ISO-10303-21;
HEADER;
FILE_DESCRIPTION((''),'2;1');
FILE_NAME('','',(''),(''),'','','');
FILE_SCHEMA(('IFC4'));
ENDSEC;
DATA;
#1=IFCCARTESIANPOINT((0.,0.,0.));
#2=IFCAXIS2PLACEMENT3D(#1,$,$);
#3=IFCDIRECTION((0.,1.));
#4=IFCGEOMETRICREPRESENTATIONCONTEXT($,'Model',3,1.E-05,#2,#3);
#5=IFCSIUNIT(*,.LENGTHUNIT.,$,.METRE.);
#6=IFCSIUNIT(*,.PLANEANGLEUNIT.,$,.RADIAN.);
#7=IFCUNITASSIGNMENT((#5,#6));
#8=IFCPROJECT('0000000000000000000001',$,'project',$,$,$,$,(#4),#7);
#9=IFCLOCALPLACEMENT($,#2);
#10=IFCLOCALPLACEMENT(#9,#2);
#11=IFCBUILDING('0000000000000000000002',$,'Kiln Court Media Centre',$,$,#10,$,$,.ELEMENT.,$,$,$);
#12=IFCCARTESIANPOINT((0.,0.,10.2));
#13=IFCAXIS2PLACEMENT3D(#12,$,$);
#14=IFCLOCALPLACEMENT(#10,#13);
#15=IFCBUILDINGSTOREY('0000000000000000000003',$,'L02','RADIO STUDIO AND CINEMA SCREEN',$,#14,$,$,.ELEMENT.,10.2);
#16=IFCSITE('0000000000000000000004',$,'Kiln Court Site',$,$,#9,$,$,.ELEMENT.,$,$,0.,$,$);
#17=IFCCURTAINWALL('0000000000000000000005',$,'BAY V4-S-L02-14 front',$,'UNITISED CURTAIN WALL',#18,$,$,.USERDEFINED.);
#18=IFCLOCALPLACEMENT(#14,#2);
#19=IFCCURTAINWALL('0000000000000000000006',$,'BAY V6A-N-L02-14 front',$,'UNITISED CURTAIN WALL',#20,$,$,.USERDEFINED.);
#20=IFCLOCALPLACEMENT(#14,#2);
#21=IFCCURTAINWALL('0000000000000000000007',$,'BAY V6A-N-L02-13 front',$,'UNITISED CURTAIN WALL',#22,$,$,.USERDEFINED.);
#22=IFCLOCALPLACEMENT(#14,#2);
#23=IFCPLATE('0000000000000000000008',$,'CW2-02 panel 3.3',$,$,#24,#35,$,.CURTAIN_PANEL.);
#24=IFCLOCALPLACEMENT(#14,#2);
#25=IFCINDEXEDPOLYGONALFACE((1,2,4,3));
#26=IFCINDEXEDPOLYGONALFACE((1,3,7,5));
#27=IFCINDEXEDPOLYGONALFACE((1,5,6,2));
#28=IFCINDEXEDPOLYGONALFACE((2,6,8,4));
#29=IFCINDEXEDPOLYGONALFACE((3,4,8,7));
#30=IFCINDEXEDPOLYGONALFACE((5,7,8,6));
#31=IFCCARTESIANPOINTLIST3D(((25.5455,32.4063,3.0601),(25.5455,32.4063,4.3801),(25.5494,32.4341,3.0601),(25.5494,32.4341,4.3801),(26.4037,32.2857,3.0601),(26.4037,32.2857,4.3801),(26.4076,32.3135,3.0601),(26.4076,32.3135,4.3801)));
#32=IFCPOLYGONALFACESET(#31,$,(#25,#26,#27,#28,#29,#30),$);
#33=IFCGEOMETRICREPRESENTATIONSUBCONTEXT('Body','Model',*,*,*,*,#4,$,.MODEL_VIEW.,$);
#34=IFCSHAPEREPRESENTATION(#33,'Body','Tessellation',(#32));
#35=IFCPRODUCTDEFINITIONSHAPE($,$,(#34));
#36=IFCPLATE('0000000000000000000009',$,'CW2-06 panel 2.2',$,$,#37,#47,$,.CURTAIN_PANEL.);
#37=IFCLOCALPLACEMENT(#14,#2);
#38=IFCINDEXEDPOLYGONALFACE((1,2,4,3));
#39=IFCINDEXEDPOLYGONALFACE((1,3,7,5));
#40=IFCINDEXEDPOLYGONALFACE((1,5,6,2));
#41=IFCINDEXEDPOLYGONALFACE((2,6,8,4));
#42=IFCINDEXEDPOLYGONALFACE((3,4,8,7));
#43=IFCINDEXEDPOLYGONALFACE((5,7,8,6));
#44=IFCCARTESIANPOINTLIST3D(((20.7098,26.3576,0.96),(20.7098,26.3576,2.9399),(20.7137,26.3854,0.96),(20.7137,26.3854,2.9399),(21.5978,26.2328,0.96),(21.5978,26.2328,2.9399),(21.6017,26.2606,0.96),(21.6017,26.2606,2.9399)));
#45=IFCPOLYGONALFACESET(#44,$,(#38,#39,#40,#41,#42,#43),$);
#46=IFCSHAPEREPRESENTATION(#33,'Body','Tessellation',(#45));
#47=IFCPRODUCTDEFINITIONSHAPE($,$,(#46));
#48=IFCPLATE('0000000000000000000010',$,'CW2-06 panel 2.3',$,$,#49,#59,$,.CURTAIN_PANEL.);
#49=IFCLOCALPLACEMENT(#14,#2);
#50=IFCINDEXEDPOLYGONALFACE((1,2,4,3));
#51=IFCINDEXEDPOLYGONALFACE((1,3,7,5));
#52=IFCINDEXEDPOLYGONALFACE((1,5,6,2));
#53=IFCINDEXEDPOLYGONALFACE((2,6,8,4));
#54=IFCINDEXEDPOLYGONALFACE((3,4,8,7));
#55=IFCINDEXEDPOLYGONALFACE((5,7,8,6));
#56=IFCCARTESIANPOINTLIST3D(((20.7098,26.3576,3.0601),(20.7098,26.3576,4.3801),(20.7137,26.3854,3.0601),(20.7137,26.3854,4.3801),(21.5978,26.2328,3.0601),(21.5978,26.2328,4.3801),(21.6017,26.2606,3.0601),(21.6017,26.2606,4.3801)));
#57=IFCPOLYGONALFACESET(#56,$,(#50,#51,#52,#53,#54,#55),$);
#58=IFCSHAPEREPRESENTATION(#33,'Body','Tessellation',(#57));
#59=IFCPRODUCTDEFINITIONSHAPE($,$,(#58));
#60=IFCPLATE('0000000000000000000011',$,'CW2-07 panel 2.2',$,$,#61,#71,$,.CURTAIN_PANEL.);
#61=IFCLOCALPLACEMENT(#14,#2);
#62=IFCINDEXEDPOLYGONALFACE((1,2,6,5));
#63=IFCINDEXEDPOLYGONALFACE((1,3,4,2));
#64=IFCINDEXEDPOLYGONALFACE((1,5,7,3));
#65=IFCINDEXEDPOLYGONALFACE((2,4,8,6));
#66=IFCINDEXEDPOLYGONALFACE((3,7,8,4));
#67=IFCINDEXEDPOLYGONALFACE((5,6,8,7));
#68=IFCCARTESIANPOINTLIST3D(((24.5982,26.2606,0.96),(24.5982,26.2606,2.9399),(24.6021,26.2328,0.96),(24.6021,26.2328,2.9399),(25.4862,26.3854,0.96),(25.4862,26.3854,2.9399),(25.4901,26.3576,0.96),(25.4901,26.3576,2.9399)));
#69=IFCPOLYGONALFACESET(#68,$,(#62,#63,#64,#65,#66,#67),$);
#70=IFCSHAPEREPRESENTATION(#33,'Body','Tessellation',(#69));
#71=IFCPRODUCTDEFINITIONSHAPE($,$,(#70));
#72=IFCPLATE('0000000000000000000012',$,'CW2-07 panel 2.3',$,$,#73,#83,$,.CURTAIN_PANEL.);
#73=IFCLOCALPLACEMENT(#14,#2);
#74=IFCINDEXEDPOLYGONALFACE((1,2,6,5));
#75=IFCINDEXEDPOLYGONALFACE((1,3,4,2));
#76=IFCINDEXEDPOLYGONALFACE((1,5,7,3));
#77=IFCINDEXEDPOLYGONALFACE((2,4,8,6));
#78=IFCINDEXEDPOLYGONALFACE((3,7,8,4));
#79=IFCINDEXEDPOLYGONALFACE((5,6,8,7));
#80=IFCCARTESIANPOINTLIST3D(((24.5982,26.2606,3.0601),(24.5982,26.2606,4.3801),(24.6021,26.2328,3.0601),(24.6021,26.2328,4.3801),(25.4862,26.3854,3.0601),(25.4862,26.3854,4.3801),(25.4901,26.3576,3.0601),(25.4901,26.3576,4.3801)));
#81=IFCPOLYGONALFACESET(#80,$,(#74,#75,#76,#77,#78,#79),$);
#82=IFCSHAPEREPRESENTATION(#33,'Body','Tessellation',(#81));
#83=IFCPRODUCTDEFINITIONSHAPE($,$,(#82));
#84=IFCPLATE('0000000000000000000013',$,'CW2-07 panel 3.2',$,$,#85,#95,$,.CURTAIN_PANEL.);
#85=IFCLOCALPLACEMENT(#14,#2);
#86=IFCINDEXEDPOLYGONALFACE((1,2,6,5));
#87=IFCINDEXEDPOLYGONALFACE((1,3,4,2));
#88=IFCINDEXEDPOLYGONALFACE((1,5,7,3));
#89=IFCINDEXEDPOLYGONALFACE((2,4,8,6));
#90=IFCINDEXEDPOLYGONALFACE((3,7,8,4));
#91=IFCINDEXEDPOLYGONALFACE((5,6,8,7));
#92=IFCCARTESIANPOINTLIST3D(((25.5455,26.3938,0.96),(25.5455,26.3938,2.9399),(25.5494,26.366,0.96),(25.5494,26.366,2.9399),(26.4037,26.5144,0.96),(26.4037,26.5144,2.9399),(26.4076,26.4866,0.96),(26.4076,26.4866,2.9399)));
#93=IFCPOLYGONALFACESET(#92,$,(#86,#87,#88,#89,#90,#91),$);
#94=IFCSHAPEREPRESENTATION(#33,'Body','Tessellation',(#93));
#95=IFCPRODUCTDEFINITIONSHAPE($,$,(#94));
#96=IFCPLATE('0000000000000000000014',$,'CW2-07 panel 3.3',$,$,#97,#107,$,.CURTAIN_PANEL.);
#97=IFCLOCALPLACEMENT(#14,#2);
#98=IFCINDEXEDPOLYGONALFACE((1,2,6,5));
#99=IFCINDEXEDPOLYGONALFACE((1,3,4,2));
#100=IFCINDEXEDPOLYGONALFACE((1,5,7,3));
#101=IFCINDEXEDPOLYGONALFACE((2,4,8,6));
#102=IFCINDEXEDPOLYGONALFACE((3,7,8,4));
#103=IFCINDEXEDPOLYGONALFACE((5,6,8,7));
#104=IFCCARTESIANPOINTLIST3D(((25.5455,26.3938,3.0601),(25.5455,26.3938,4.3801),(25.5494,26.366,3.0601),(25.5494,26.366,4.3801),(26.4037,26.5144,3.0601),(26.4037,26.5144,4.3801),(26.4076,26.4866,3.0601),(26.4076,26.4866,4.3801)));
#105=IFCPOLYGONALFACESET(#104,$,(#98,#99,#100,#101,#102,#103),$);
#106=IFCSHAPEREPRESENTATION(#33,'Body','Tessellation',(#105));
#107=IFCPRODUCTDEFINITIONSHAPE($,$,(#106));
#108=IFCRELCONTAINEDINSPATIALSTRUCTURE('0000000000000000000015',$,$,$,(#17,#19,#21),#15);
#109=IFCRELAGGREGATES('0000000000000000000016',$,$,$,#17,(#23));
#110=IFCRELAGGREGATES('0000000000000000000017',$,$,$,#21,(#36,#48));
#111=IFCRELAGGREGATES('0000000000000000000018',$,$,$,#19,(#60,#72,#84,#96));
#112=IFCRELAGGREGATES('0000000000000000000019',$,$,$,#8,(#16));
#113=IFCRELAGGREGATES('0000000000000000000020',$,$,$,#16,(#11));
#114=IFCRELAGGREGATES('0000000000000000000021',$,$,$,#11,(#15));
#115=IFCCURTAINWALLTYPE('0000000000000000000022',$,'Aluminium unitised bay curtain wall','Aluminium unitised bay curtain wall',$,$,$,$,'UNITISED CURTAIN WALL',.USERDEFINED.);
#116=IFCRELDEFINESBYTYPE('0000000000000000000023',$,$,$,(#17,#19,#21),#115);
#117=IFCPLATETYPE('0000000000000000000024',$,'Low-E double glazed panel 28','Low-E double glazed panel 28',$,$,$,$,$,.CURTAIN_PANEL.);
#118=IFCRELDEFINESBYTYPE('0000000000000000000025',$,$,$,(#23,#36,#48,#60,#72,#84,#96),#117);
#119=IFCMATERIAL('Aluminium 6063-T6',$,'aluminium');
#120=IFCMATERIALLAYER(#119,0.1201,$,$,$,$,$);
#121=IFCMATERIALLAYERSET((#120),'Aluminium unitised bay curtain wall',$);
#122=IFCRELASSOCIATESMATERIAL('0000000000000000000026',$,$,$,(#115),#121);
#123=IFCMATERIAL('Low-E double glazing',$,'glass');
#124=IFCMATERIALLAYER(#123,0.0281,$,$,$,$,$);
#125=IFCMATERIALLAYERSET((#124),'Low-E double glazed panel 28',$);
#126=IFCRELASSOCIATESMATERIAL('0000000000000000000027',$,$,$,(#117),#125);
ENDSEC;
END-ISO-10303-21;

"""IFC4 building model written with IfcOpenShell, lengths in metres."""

from ifc_helpers import new_model, si_unit, direction, frame, origin, origin_2d, place, context, subcontext, project, spatial, rectangle, extrude, material, layer, layer_set, type_object, element, aggregate, save


model = new_model("IFC4")

# Units and contexts
model_context = context("Model", 3, precision=1e-05, world=origin(), true_north=direction((0.0, 1.0)))
body_context = subcontext(model_context, "Body", "Model", "MODEL_VIEW")
ifc_project = project(units=[si_unit("LENGTHUNIT", "METRE"), si_unit("PLANEANGLEUNIT", "RADIAN")], contexts=[model_context])

# Site, building, storey
site_placement = place(None, origin())
site = spatial("IfcSite", under=ifc_project, at=site_placement, Name="Kiln Court Site", CompositionType="ELEMENT", RefElevation=0.0)
building_placement = place(site_placement, origin())
building = spatial("IfcBuilding", under=site, at=building_placement, Name="Kiln Court Media Centre", CompositionType="ELEMENT")
storey_placement = place(building_placement, frame((0.0, 0.0, 10.2)))
storey = spatial("IfcBuildingStorey", under=building, at=storey_placement, Name="L02", Description="RADIO STUDIO AND CINEMA SCREEN", CompositionType="ELEMENT", Elevation=10.2)

# Curtain walls
ifc_material_1 = material(Name="Aluminium 6063-T6", Category="aluminium")
ifc_layer_1 = layer(ifc_material_1, 0.1201)
ifc_layer_set_1 = layer_set([ifc_layer_1], Name="Aluminium unitised bay curtain wall")
curtain_wall_type_1 = type_object("IfcCurtainWallType", Name="Aluminium unitised bay curtain wall", Description="Aluminium unitised bay curtain wall", ElementType="UNITISED CURTAIN WALL", PredefinedType="USERDEFINED", material=ifc_layer_set_1)
curtain_wall_1_placement = place(storey_placement, origin())
curtain_wall_1 = element("IfcCurtainWall", 1, at=curtain_wall_1_placement, inside=storey, type_object=curtain_wall_type_1, Name="BAY V4-S-L02-14 front", ObjectType="UNITISED CURTAIN WALL", PredefinedType="USERDEFINED")
curtain_wall_2_placement = place(storey_placement, origin())
curtain_wall_2 = element("IfcCurtainWall", 2, at=curtain_wall_2_placement, inside=storey, type_object=curtain_wall_type_1, Name="BAY V6A-N-L02-14 front", ObjectType="UNITISED CURTAIN WALL", PredefinedType="USERDEFINED")

# Curtain wall
curtain_wall_3_placement = place(storey_placement, origin())
curtain_wall_3 = element("IfcCurtainWall", 3, at=curtain_wall_3_placement, inside=storey, type_object=curtain_wall_type_1, Name="BAY V6A-N-L02-13 front", ObjectType="UNITISED CURTAIN WALL", PredefinedType="USERDEFINED")

# Plates
ifc_material_2 = material(Name="Low-E double glazing", Category="glass")
ifc_layer_2 = layer(ifc_material_2, 0.0281)
ifc_layer_set_2 = layer_set([ifc_layer_2], Name="Low-E double glazed panel 28")
plate_type_1 = type_object("IfcPlateType", Name="Low-E double glazed panel 28", Description="Low-E double glazed panel 28", PredefinedType="CURTAIN_PANEL", material=ifc_layer_set_2)
plate_1_placement = place(storey_placement, frame((25.9766, 32.3599, 3.0601), z_axis=(0.0, 0.0, 1.0), x_axis=(0.99027, -0.139162, 0.0)))
plate_1 = element("IfcPlate", 4, at=plate_1_placement, type_object=plate_type_1, Name="CW2-02 panel 3.3", PredefinedType="CURTAIN_PANEL", context=body_context, shape_type="SweptSolid", body=[
    extrude(rectangle(XDim=0.8667, YDim=0.0281, at=origin_2d()), origin(), (0.0, 0.0, 1.0), 1.3201),
])
aggregate(curtain_wall_1, [plate_1])
plate_2_placement = place(storey_placement, frame((21.1558, 26.3091, 0.96), z_axis=(0.0, 0.0, 1.0), x_axis=(0.99027, -0.139162, 0.0)))
plate_2 = element("IfcPlate", 5, at=plate_2_placement, type_object=plate_type_1, Name="CW2-06 panel 2.2", PredefinedType="CURTAIN_PANEL", context=body_context, shape_type="SweptSolid", body=[
    extrude(rectangle(XDim=0.8967, YDim=0.0281, at=origin_2d()), origin(), (0.0, 0.0, 1.0), 1.98),
])
plate_3_placement = place(storey_placement, frame((21.1558, 26.3091, 3.0601), z_axis=(0.0, 0.0, 1.0), x_axis=(0.99027, -0.139162, 0.0)))
plate_3 = element("IfcPlate", 6, at=plate_3_placement, type_object=plate_type_1, Name="CW2-06 panel 2.3", PredefinedType="CURTAIN_PANEL", context=body_context, shape_type="SweptSolid", body=[
    extrude(rectangle(XDim=0.8967, YDim=0.0281, at=origin_2d()), origin(), (0.0, 0.0, 1.0), 1.3201),
])
aggregate(curtain_wall_3, [plate_2, plate_3])
plate_4_placement = place(storey_placement, frame((25.0442, 26.3091, 0.96), z_axis=(0.0, 0.0, 1.0), x_axis=(0.99027, 0.139162, 0.0)))
plate_4 = element("IfcPlate", 7, at=plate_4_placement, type_object=plate_type_1, Name="CW2-07 panel 2.2", PredefinedType="CURTAIN_PANEL", context=body_context, shape_type="SweptSolid", body=[
    extrude(rectangle(XDim=0.8967, YDim=0.0281, at=origin_2d()), origin(), (0.0, 0.0, 1.0), 1.98),
])
plate_5_placement = place(storey_placement, frame((25.0442, 26.3091, 3.0601), z_axis=(0.0, 0.0, 1.0), x_axis=(0.99027, 0.139162, 0.0)))
plate_5 = element("IfcPlate", 8, at=plate_5_placement, type_object=plate_type_1, Name="CW2-07 panel 2.3", PredefinedType="CURTAIN_PANEL", context=body_context, shape_type="SweptSolid", body=[
    extrude(rectangle(XDim=0.8967, YDim=0.0281, at=origin_2d()), origin(), (0.0, 0.0, 1.0), 1.3201),
])
plate_6_placement = place(storey_placement, frame((25.9766, 26.4402, 0.96), z_axis=(0.0, 0.0, 1.0), x_axis=(0.99027, 0.139162, 0.0)))
plate_6 = element("IfcPlate", 9, at=plate_6_placement, type_object=plate_type_1, Name="CW2-07 panel 3.2", PredefinedType="CURTAIN_PANEL", context=body_context, shape_type="SweptSolid", body=[
    extrude(rectangle(XDim=0.8667, YDim=0.0281, at=origin_2d()), origin(), (0.0, 0.0, 1.0), 1.98),
])
plate_7_placement = place(storey_placement, frame((25.9766, 26.4402, 3.0601), z_axis=(0.0, 0.0, 1.0), x_axis=(0.99027, 0.139162, 0.0)))
plate_7 = element("IfcPlate", 10, at=plate_7_placement, type_object=plate_type_1, Name="CW2-07 panel 3.3", PredefinedType="CURTAIN_PANEL", context=body_context, shape_type="SweptSolid", body=[
    extrude(rectangle(XDim=0.8667, YDim=0.0281, at=origin_2d()), origin(), (0.0, 0.0, 1.0), 1.3201),
])
aggregate(curtain_wall_2, [plate_4, plate_5, plate_6, plate_7])

save(model, "model.ifc")
